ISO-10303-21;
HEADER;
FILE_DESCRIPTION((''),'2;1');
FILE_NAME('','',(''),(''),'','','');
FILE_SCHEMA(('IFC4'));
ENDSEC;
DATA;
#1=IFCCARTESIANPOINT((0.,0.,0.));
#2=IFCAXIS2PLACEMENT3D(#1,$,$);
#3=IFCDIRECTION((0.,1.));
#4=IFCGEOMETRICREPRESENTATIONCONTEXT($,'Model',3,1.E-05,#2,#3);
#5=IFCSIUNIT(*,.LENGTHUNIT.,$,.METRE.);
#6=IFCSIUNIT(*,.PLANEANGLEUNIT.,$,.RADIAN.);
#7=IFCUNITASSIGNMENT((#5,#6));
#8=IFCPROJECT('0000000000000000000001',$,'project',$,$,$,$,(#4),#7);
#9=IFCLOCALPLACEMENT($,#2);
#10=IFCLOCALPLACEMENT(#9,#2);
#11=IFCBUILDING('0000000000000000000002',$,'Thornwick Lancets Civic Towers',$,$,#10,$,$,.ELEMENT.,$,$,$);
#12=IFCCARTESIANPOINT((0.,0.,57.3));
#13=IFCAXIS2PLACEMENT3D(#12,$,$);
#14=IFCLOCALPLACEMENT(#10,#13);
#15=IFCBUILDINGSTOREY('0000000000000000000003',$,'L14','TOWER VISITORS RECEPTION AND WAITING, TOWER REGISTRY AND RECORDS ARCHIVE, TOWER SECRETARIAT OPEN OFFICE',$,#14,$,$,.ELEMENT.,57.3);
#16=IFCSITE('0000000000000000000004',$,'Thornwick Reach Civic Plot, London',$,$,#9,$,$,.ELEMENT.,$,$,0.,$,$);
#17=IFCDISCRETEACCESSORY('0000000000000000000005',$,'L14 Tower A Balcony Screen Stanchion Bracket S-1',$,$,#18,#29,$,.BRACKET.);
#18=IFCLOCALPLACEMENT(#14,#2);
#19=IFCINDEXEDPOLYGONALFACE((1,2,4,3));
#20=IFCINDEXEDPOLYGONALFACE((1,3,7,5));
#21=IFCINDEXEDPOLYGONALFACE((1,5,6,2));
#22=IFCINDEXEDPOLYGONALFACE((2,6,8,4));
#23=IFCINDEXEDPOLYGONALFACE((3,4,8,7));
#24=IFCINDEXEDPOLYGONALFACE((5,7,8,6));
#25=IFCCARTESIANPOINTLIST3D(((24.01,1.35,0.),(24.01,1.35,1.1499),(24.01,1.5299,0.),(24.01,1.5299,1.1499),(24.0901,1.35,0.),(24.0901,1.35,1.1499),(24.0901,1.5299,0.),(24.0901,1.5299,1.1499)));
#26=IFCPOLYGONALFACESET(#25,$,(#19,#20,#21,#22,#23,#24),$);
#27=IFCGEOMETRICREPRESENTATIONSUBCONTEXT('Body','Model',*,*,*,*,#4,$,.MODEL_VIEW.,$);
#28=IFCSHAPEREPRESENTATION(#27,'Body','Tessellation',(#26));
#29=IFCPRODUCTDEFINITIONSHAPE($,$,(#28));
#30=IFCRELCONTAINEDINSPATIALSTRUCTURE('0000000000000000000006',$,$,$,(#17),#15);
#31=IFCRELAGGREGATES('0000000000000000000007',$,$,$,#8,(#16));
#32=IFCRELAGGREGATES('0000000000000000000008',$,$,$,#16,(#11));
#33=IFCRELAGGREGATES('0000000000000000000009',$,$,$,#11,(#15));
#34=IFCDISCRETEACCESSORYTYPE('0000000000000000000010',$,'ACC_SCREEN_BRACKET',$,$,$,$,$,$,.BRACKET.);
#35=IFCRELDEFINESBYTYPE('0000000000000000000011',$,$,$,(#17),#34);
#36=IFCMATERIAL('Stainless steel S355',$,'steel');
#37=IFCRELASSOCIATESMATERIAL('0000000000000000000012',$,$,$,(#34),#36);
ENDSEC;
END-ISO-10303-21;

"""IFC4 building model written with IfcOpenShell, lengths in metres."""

from ifc_helpers import new_model, si_unit, direction, frame, origin, origin_2d, place, context, subcontext, project, spatial, rectangle, extrude, material, type_object, element, save


model = new_model("IFC4")

# Units and contexts
model_context = context("Model", 3, precision=1e-05, world=origin(), true_north=direction((0.0, 1.0)))
body_context = subcontext(model_context, "Body", "Model", "MODEL_VIEW")
ifc_project = project(units=[si_unit("LENGTHUNIT", "METRE"), si_unit("PLANEANGLEUNIT", "RADIAN")], contexts=[model_context])

# Site, building, storey
site_placement = place(None, origin())
site = spatial("IfcSite", under=ifc_project, at=site_placement, Name="Thornwick Reach Civic Plot, London", CompositionType="ELEMENT", RefElevation=0.0)
building_placement = place(site_placement, origin())
building = spatial("IfcBuilding", under=site, at=building_placement, Name="Thornwick Lancets Civic Towers", CompositionType="ELEMENT")
storey_placement = place(building_placement, frame((0.0, 0.0, 57.3)))
storey = spatial("IfcBuildingStorey", under=building, at=storey_placement, Name="L14", Description="TOWER VISITORS RECEPTION AND WAITING, TOWER REGISTRY AND RECORDS ARCHIVE, TOWER SECRETARIAT OPEN OFFICE", CompositionType="ELEMENT", Elevation=57.3)

# Discrete accessory
ifc_material_1 = material(Name="Stainless steel S355", Category="steel")
discrete_accessory_type = type_object("IfcDiscreteAccessoryType", Name="ACC_SCREEN_BRACKET", PredefinedType="BRACKET", material=ifc_material_1)
discrete_accessory_placement = place(storey_placement, frame((24.05, 1.4399, 0.0), z_axis=(0.0, 0.0, 1.0), x_axis=(1.0, 0.0, 0.0)))
element("IfcDiscreteAccessory", 1, at=discrete_accessory_placement, inside=storey, type_object=discrete_accessory_type, Name="L14 Tower A Balcony Screen Stanchion Bracket S-1", PredefinedType="BRACKET", context=body_context, shape_type="SweptSolid", body=[
    extrude(rectangle(XDim=0.0801, YDim=0.1799, at=origin_2d()), origin(), (0.0, 0.0, 1.0), 1.1499),
])

save(model, "model.ifc")
